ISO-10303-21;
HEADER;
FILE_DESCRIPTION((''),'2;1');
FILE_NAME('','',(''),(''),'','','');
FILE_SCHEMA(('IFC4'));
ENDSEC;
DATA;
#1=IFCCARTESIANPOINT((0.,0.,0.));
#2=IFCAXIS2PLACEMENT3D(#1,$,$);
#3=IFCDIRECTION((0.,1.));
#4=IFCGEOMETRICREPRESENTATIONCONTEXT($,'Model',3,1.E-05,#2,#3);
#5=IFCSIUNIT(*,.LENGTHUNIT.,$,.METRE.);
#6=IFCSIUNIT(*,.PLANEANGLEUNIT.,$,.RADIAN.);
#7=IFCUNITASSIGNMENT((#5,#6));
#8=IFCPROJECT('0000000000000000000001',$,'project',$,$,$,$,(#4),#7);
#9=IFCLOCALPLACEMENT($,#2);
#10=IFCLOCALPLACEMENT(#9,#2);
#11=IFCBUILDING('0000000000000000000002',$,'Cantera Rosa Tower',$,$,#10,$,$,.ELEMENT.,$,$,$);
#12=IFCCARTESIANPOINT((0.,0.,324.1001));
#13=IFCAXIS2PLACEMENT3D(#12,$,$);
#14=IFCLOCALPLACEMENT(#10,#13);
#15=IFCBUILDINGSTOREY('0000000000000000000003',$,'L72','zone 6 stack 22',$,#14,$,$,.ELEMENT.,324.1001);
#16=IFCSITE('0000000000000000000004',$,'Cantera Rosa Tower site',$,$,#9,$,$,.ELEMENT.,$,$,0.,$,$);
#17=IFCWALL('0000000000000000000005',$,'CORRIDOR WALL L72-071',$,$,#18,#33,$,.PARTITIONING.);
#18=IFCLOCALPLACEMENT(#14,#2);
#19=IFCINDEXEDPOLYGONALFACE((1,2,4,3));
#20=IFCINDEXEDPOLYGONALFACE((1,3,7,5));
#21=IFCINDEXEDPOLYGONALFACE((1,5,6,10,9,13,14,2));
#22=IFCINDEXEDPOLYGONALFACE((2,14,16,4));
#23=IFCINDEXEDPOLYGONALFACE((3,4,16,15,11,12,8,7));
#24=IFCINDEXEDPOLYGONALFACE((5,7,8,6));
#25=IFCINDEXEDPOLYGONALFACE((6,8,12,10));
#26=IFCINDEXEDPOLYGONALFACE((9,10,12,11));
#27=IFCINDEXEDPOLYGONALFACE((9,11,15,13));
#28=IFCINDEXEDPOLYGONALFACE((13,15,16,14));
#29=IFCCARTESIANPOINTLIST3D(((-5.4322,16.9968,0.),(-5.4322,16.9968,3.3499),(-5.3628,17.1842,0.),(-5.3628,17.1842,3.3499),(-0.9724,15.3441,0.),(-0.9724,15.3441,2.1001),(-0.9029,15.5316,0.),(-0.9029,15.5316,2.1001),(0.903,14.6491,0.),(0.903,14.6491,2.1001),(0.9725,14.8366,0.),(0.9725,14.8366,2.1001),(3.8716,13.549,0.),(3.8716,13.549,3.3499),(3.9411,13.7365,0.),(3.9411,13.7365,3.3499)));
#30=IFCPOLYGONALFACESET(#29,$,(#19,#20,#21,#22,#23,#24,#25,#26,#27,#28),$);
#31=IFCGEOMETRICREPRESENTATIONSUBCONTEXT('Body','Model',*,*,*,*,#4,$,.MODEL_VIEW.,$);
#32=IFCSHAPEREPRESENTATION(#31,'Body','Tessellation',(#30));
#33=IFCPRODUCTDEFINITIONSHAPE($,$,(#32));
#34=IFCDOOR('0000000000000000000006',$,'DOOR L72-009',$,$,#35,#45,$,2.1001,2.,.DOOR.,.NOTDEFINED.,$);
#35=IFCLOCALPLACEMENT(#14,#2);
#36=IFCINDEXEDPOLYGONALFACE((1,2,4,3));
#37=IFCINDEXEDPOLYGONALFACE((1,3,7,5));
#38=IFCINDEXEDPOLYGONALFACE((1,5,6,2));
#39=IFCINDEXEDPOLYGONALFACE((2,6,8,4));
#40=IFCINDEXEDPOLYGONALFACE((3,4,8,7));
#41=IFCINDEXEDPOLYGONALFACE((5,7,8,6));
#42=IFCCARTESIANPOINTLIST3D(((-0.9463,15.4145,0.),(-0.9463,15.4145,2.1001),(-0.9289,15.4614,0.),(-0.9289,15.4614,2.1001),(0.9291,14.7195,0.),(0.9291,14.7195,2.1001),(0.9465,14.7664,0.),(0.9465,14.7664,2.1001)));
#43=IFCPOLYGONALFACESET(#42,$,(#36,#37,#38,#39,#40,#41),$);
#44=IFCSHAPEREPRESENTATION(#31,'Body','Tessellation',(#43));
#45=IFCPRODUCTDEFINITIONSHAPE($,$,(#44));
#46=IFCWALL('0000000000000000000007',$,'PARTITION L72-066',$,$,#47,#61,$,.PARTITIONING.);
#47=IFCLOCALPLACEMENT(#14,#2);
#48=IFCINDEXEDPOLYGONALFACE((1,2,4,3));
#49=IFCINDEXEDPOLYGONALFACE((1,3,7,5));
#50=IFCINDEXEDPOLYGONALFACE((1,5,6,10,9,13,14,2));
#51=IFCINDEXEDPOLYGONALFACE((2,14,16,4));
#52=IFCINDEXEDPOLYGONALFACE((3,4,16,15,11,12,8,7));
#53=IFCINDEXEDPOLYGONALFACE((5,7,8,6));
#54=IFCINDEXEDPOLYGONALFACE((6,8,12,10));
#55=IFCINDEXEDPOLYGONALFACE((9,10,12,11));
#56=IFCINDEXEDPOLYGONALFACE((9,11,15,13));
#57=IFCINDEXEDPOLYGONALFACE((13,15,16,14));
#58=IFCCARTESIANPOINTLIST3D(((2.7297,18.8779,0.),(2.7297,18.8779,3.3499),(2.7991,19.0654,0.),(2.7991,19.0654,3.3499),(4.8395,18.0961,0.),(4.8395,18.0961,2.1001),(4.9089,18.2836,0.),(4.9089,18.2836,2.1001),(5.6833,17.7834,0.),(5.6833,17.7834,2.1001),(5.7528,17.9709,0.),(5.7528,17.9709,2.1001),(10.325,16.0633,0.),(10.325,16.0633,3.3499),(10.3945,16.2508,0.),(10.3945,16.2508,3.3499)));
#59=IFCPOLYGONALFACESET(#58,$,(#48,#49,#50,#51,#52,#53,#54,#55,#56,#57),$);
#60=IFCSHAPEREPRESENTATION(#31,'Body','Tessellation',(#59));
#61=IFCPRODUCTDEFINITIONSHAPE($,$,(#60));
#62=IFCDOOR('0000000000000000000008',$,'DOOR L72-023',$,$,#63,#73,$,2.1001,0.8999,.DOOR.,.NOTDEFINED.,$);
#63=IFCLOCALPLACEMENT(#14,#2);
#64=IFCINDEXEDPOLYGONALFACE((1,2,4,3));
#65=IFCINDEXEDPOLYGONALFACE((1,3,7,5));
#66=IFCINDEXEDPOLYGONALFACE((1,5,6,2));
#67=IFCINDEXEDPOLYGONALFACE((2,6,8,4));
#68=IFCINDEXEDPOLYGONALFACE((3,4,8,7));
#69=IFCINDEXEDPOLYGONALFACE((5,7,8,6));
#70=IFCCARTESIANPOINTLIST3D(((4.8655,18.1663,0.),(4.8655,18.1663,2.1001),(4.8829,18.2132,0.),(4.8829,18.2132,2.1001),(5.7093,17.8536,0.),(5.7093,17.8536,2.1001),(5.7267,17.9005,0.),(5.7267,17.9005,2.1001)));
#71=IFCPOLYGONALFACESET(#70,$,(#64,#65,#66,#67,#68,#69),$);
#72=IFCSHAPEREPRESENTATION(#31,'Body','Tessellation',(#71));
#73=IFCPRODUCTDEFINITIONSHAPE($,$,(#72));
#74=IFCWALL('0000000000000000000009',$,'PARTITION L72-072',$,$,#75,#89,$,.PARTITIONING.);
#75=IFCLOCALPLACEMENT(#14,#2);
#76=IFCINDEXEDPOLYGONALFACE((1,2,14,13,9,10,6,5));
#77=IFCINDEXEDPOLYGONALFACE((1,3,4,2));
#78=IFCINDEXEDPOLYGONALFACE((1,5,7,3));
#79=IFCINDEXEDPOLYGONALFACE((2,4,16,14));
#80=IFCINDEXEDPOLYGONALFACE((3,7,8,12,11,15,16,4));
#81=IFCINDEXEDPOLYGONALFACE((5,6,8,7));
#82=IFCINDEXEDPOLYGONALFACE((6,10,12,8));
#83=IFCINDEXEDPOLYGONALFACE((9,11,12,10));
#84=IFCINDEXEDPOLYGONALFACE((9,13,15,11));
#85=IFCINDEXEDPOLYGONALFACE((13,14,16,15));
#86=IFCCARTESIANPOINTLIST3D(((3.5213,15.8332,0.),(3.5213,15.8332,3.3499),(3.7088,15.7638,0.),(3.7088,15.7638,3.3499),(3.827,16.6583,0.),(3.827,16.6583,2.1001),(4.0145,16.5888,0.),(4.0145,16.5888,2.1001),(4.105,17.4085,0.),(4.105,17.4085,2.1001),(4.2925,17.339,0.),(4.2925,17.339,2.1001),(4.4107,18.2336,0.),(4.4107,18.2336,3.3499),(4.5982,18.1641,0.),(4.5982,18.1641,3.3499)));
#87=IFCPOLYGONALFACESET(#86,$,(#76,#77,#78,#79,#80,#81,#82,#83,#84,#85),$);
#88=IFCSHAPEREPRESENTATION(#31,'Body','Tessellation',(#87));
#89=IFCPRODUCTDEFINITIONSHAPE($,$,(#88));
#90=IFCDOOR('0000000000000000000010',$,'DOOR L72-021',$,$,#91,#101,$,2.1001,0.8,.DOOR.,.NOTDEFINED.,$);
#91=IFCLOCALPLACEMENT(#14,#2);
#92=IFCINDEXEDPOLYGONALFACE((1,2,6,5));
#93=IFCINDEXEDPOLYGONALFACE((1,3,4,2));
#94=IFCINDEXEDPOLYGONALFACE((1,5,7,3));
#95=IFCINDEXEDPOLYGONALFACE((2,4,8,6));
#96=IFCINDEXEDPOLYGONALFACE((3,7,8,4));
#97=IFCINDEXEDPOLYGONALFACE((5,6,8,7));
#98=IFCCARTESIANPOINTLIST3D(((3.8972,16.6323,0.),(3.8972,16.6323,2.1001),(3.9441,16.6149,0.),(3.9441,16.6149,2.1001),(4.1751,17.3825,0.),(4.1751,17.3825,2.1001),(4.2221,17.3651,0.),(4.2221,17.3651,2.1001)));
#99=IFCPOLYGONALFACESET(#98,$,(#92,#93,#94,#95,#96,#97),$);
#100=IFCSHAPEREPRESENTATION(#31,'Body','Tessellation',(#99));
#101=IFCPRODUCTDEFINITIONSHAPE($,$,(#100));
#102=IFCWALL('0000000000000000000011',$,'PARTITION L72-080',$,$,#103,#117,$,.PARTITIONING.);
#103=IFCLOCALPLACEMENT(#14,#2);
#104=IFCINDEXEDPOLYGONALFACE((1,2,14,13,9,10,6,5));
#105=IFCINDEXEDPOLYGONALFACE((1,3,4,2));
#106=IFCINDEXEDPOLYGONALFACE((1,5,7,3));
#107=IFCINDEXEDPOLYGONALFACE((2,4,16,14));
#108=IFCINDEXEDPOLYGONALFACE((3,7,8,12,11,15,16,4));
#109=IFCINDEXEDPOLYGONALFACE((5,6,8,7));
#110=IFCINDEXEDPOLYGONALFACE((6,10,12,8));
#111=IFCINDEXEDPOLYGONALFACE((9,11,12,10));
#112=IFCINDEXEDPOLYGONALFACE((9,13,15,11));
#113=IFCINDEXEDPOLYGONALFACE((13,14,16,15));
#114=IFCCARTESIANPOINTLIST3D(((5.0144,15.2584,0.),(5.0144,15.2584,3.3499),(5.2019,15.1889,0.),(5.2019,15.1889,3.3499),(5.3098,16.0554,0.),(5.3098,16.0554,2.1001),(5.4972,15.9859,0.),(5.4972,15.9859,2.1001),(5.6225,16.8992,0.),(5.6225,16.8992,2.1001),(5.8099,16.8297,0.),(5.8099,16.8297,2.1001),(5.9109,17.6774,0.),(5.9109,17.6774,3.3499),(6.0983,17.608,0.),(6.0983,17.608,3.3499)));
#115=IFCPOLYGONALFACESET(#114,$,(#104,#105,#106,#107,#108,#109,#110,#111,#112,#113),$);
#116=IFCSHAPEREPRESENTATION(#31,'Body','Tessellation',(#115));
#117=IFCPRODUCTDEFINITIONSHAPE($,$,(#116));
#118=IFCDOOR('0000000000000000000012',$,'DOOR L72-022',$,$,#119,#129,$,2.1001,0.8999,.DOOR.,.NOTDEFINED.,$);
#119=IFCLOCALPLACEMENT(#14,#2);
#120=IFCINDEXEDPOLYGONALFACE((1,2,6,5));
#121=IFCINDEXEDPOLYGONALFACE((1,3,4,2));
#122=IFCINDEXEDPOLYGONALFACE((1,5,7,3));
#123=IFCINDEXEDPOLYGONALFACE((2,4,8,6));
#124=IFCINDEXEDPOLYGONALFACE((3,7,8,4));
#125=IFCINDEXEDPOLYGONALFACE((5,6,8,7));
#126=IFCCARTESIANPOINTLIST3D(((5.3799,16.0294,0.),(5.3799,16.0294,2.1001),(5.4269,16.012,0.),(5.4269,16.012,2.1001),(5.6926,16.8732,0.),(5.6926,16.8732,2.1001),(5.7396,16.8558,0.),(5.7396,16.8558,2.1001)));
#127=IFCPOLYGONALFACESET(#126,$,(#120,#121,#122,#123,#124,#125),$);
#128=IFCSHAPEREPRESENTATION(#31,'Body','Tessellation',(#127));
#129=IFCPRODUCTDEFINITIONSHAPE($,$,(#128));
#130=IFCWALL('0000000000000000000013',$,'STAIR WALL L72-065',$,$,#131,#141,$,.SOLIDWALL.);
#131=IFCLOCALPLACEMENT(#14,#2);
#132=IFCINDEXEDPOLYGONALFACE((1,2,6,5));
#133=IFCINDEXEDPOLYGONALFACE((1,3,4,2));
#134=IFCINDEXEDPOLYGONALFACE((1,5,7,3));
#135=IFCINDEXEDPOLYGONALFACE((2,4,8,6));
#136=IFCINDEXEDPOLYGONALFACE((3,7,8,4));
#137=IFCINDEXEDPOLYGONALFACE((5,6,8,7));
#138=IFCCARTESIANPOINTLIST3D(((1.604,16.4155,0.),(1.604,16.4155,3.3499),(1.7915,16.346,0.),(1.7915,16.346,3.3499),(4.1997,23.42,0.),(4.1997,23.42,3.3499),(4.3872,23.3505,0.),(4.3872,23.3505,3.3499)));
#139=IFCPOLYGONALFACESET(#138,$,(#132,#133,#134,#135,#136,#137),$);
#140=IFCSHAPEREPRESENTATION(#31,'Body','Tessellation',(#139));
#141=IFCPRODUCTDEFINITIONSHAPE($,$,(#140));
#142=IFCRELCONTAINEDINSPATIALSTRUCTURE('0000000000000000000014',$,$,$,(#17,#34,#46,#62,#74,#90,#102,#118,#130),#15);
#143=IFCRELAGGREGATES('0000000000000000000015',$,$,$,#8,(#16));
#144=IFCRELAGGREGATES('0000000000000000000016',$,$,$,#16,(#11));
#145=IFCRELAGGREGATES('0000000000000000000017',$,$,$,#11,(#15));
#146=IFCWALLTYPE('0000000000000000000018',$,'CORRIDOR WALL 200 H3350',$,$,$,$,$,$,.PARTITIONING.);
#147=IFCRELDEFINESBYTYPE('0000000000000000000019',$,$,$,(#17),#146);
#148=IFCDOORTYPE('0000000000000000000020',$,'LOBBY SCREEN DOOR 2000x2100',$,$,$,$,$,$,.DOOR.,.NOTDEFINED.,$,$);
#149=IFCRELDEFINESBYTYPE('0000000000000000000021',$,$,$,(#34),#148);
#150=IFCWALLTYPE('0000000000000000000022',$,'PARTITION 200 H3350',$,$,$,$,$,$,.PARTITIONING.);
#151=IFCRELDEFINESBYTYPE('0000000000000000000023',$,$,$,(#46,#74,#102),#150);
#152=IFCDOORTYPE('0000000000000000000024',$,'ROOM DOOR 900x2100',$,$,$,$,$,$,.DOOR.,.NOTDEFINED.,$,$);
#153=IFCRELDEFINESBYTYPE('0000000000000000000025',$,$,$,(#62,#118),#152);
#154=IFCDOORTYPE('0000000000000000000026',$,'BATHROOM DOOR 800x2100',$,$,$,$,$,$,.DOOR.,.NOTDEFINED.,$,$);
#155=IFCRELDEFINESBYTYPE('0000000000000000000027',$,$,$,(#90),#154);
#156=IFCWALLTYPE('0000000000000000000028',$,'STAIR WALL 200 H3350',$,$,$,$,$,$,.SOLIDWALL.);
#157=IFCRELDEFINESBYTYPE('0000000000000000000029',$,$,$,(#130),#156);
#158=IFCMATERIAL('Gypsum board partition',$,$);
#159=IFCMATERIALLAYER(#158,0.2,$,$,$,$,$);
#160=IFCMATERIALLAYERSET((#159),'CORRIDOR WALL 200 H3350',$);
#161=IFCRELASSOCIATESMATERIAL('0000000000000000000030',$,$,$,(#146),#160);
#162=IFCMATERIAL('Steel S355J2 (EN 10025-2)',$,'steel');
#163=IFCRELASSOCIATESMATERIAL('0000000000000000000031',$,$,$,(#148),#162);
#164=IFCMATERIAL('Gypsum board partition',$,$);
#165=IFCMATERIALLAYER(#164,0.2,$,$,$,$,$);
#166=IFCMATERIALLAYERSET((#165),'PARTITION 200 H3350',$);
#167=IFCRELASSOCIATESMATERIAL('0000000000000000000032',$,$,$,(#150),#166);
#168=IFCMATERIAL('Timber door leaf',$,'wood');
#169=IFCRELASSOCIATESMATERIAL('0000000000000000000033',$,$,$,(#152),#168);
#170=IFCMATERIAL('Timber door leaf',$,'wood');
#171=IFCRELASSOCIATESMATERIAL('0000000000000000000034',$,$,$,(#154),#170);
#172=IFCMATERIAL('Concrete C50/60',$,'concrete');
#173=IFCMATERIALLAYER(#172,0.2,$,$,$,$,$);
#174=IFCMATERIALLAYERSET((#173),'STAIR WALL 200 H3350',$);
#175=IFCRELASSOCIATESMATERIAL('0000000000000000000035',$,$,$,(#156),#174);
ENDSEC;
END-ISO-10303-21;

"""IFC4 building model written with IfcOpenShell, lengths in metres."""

from ifc_helpers import new_model, si_unit, direction, frame, frame_2d, origin, place, context, subcontext, project, spatial, rectangle, extrude, material, layer, layer_set, type_object, element, fill, save


model = new_model("IFC4")

# Units and contexts
model_context = context("Model", 3, precision=1e-05, world=origin(), true_north=direction((0.0, 1.0)))
body_context = subcontext(model_context, "Body", "Model", "MODEL_VIEW")
ifc_project = project(units=[si_unit("LENGTHUNIT", "METRE"), si_unit("PLANEANGLEUNIT", "RADIAN")], contexts=[model_context])

# Site, building, storey
site_placement = place(None, origin())
site = spatial("IfcSite", under=ifc_project, at=site_placement, Name="Cantera Rosa Tower site", CompositionType="ELEMENT", RefElevation=0.0)
building_placement = place(site_placement, origin())
building = spatial("IfcBuilding", under=site, at=building_placement, Name="Cantera Rosa Tower", CompositionType="ELEMENT")
storey_placement = place(building_placement, frame((0.0, 0.0, 324.1001)))
storey = spatial("IfcBuildingStorey", under=building, at=storey_placement, Name="L72", Description="zone 6 stack 22", CompositionType="ELEMENT", Elevation=324.1001)

# Walls, openings, doors
ifc_material_1 = material(Name="Gypsum board partition")
ifc_layer_1 = layer(ifc_material_1, 0.2)
ifc_layer_set_1 = layer_set([ifc_layer_1], Name="CORRIDOR WALL 200 H3350")
wall_type_1 = type_object("IfcWallType", Name="CORRIDOR WALL 200 H3350", PredefinedType="PARTITIONING", material=ifc_layer_set_1)
wall_1_placement = place(storey_placement, frame((3.9062, 13.6428, 0.0), z_axis=(0.0, 0.0, 1.0), x_axis=(-0.937688, 0.347478, 0.0)))
wall_1 = element("IfcWall", 1, at=wall_1_placement, inside=storey, type_object=wall_type_1, Name="CORRIDOR WALL L72-071", PredefinedType="PARTITIONING", context=body_context, shape_type="SweptSolid", body=[
    extrude(rectangle(XDim=9.9221, YDim=0.2, at=frame_2d((4.9609, 0.0))), origin(), (0.0, 0.0, 1.0), 3.3499),
])
opening_1_placement = place(wall_1_placement, frame((3.1658, 0.0, 0.0)))
opening_1 = element("IfcOpeningElement", 2, at=opening_1_placement, cuts=wall_1, PredefinedType="OPENING", context=body_context, shape_type="SweptSolid", body=[
    extrude(rectangle(XDim=2.0, YDim=2.1001, at=frame_2d((1.0, 1.05))), frame((0.0, 0.1099, 0.0), z_axis=(0.0, -1.0, 0.0), x_axis=(1.0, 0.0, 0.0)), (0.0, 0.0, 1.0), 0.22),
])
ifc_material_2 = material(Name="Steel S355J2 (EN 10025-2)", Category="steel")
door_type_1 = type_object("IfcDoorType", Name="LOBBY SCREEN DOOR 2000x2100", OperationType="NOTDEFINED", PredefinedType="DOOR", material=ifc_material_2)
door_1_placement = place(opening_1_placement, origin())
door_1 = element("IfcDoor", 3, at=door_1_placement, inside=storey, type_object=door_type_1, Name="DOOR L72-009", OperationType="NOTDEFINED", OverallHeight=2.1001, OverallWidth=2.0, PredefinedType="DOOR", context=body_context, shape_type="SweptSolid", body=[
    extrude(rectangle(XDim=2.0, YDim=2.1001, at=frame_2d((1.0, 1.05))), frame((0.0, 0.0249, 0.0), z_axis=(0.0, -1.0, 0.0), x_axis=(1.0, 0.0, 0.0)), (0.0, 0.0, 1.0), 0.05),
])
fill(opening_1, door_1)
ifc_material_3 = material(Name="Gypsum board partition")
ifc_layer_2 = layer(ifc_material_3, 0.2)
ifc_layer_set_2 = layer_set([ifc_layer_2], Name="PARTITION 200 H3350")
wall_type_2 = type_object("IfcWallType", Name="PARTITION 200 H3350", PredefinedType="PARTITIONING", material=ifc_layer_set_2)
wall_2_placement = place(storey_placement, frame((2.7644, 18.9717, 0.0), z_axis=(0.0, 0.0, 1.0), x_axis=(0.937686, -0.347484, 0.0)))
wall_2 = element("IfcWall", 4, at=wall_2_placement, inside=storey, type_object=wall_type_2, Name="PARTITION L72-066", PredefinedType="PARTITIONING", context=body_context, shape_type="SweptSolid", body=[
    extrude(rectangle(XDim=8.1001, YDim=0.2, at=frame_2d((4.05, 0.0))), origin(), (0.0, 0.0, 1.0), 3.3499),
])
opening_2_placement = place(wall_2_placement, frame((2.25, 0.0, 0.0)))
opening_2 = element("IfcOpeningElement", 5, at=opening_2_placement, cuts=wall_2, PredefinedType="OPENING", context=body_context, shape_type="SweptSolid", body=[
    extrude(rectangle(XDim=0.8999, YDim=2.1001, at=frame_2d((0.45, 1.05))), frame((0.0, 0.1099, 0.0), z_axis=(0.0, -1.0, 0.0), x_axis=(1.0, 0.0, 0.0)), (0.0, 0.0, 1.0), 0.22),
])
ifc_material_4 = material(Name="Timber door leaf", Category="wood")
door_type_2 = type_object("IfcDoorType", Name="ROOM DOOR 900x2100", OperationType="NOTDEFINED", PredefinedType="DOOR", material=ifc_material_4)
door_2_placement = place(opening_2_placement, origin())
door_2 = element("IfcDoor", 6, at=door_2_placement, inside=storey, type_object=door_type_2, Name="DOOR L72-023", OperationType="NOTDEFINED", OverallHeight=2.1001, OverallWidth=0.8999, PredefinedType="DOOR", context=body_context, shape_type="SweptSolid", body=[
    extrude(rectangle(XDim=0.8999, YDim=2.1001, at=frame_2d((0.45, 1.05))), frame((0.0, 0.0249, 0.0), z_axis=(0.0, -1.0, 0.0), x_axis=(1.0, 0.0, 0.0)), (0.0, 0.0, 1.0), 0.05),
])
fill(opening_2, door_2)
wall_3_placement = place(storey_placement, frame((4.5044, 18.1987, 0.0), z_axis=(0.0, 0.0, 1.0), x_axis=(-0.347442, -0.937702, 0.0)))
wall_3 = element("IfcWall", 7, at=wall_3_placement, inside=storey, type_object=wall_type_2, Name="PARTITION L72-072", PredefinedType="PARTITIONING", context=body_context, shape_type="SweptSolid", body=[
    extrude(rectangle(XDim=2.5598, YDim=0.2, at=frame_2d((1.2798, 0.0))), origin(), (0.0, 0.0, 1.0), 3.3499),
])
opening_3_placement = place(wall_3_placement, frame((0.8799, 0.0, 0.0)))
opening_3 = element("IfcOpeningElement", 8, at=opening_3_placement, cuts=wall_3, PredefinedType="OPENING", context=body_context, shape_type="SweptSolid", body=[
    extrude(rectangle(XDim=0.8, YDim=2.1001, at=frame_2d((0.3999, 1.05))), frame((0.0, 0.1099, 0.0), z_axis=(0.0, -1.0, 0.0), x_axis=(1.0, 0.0, 0.0)), (0.0, 0.0, 1.0), 0.22),
])
ifc_material_5 = material(Name="Timber door leaf", Category="wood")
door_type_3 = type_object("IfcDoorType", Name="BATHROOM DOOR 800x2100", OperationType="NOTDEFINED", PredefinedType="DOOR", material=ifc_material_5)
door_3_placement = place(opening_3_placement, origin())
door_3 = element("IfcDoor", 9, at=door_3_placement, inside=storey, type_object=door_type_3, Name="DOOR L72-021", OperationType="NOTDEFINED", OverallHeight=2.1001, OverallWidth=0.8, PredefinedType="DOOR", context=body_context, shape_type="SweptSolid", body=[
    extrude(rectangle(XDim=0.8, YDim=2.1001, at=frame_2d((0.3999, 1.05))), frame((0.0, 0.0249, 0.0), z_axis=(0.0, -1.0, 0.0), x_axis=(1.0, 0.0, 0.0)), (0.0, 0.0, 1.0), 0.05),
])
fill(opening_3, door_3)
wall_4_placement = place(storey_placement, frame((6.0046, 17.6428, 0.0), z_axis=(0.0, 0.0, 1.0), x_axis=(-0.347481, -0.937687, 0.0)))
wall_4 = element("IfcWall", 10, at=wall_4_placement, inside=storey, type_object=wall_type_2, Name="PARTITION L72-080", PredefinedType="PARTITIONING", context=body_context, shape_type="SweptSolid", body=[
    extrude(rectangle(XDim=2.5798, YDim=0.2, at=frame_2d((1.29, 0.0))), origin(), (0.0, 0.0, 1.0), 3.3499),
])
opening_4_placement = place(wall_4_placement, frame((0.8301, 0.0, 0.0)))
opening_4 = element("IfcOpeningElement", 11, at=opening_4_placement, cuts=wall_4, PredefinedType="OPENING", context=body_context, shape_type="SweptSolid", body=[
    extrude(rectangle(XDim=0.8999, YDim=2.1001, at=frame_2d((0.45, 1.05))), frame((0.0, 0.1099, 0.0), z_axis=(0.0, -1.0, 0.0), x_axis=(1.0, 0.0, 0.0)), (0.0, 0.0, 1.0), 0.22),
])
door_4_placement = place(opening_4_placement, origin())
door_4 = element("IfcDoor", 12, at=door_4_placement, inside=storey, type_object=door_type_2, Name="DOOR L72-022", OperationType="NOTDEFINED", OverallHeight=2.1001, OverallWidth=0.8999, PredefinedType="DOOR", context=body_context, shape_type="SweptSolid", body=[
    extrude(rectangle(XDim=0.8999, YDim=2.1001, at=frame_2d((0.45, 1.05))), frame((0.0, 0.0249, 0.0), z_axis=(0.0, -1.0, 0.0), x_axis=(1.0, 0.0, 0.0)), (0.0, 0.0, 1.0), 0.05),
])
fill(opening_4, door_4)

# Wall
ifc_material_6 = material(Name="Concrete C50/60", Category="concrete")
ifc_layer_3 = layer(ifc_material_6, 0.2)
ifc_layer_set_3 = layer_set([ifc_layer_3], Name="STAIR WALL 200 H3350")
wall_type_3 = type_object("IfcWallType", Name="STAIR WALL 200 H3350", PredefinedType="SOLIDWALL", material=ifc_layer_set_3)
wall_5_placement = place(storey_placement, frame((1.6978, 16.3809, 0.0), z_axis=(0.0, 0.0, 1.0), x_axis=(0.347489, 0.937684, 0.0)))
element("IfcWall", 13, at=wall_5_placement, inside=storey, type_object=wall_type_3, Name="STAIR WALL L72-065", PredefinedType="SOLIDWALL", context=body_context, shape_type="SweptSolid", body=[
    extrude(rectangle(XDim=7.47, YDim=0.2, at=frame_2d((3.7349, 0.0))), origin(), (0.0, 0.0, 1.0), 3.3499),
])

save(model, "model.ifc")
